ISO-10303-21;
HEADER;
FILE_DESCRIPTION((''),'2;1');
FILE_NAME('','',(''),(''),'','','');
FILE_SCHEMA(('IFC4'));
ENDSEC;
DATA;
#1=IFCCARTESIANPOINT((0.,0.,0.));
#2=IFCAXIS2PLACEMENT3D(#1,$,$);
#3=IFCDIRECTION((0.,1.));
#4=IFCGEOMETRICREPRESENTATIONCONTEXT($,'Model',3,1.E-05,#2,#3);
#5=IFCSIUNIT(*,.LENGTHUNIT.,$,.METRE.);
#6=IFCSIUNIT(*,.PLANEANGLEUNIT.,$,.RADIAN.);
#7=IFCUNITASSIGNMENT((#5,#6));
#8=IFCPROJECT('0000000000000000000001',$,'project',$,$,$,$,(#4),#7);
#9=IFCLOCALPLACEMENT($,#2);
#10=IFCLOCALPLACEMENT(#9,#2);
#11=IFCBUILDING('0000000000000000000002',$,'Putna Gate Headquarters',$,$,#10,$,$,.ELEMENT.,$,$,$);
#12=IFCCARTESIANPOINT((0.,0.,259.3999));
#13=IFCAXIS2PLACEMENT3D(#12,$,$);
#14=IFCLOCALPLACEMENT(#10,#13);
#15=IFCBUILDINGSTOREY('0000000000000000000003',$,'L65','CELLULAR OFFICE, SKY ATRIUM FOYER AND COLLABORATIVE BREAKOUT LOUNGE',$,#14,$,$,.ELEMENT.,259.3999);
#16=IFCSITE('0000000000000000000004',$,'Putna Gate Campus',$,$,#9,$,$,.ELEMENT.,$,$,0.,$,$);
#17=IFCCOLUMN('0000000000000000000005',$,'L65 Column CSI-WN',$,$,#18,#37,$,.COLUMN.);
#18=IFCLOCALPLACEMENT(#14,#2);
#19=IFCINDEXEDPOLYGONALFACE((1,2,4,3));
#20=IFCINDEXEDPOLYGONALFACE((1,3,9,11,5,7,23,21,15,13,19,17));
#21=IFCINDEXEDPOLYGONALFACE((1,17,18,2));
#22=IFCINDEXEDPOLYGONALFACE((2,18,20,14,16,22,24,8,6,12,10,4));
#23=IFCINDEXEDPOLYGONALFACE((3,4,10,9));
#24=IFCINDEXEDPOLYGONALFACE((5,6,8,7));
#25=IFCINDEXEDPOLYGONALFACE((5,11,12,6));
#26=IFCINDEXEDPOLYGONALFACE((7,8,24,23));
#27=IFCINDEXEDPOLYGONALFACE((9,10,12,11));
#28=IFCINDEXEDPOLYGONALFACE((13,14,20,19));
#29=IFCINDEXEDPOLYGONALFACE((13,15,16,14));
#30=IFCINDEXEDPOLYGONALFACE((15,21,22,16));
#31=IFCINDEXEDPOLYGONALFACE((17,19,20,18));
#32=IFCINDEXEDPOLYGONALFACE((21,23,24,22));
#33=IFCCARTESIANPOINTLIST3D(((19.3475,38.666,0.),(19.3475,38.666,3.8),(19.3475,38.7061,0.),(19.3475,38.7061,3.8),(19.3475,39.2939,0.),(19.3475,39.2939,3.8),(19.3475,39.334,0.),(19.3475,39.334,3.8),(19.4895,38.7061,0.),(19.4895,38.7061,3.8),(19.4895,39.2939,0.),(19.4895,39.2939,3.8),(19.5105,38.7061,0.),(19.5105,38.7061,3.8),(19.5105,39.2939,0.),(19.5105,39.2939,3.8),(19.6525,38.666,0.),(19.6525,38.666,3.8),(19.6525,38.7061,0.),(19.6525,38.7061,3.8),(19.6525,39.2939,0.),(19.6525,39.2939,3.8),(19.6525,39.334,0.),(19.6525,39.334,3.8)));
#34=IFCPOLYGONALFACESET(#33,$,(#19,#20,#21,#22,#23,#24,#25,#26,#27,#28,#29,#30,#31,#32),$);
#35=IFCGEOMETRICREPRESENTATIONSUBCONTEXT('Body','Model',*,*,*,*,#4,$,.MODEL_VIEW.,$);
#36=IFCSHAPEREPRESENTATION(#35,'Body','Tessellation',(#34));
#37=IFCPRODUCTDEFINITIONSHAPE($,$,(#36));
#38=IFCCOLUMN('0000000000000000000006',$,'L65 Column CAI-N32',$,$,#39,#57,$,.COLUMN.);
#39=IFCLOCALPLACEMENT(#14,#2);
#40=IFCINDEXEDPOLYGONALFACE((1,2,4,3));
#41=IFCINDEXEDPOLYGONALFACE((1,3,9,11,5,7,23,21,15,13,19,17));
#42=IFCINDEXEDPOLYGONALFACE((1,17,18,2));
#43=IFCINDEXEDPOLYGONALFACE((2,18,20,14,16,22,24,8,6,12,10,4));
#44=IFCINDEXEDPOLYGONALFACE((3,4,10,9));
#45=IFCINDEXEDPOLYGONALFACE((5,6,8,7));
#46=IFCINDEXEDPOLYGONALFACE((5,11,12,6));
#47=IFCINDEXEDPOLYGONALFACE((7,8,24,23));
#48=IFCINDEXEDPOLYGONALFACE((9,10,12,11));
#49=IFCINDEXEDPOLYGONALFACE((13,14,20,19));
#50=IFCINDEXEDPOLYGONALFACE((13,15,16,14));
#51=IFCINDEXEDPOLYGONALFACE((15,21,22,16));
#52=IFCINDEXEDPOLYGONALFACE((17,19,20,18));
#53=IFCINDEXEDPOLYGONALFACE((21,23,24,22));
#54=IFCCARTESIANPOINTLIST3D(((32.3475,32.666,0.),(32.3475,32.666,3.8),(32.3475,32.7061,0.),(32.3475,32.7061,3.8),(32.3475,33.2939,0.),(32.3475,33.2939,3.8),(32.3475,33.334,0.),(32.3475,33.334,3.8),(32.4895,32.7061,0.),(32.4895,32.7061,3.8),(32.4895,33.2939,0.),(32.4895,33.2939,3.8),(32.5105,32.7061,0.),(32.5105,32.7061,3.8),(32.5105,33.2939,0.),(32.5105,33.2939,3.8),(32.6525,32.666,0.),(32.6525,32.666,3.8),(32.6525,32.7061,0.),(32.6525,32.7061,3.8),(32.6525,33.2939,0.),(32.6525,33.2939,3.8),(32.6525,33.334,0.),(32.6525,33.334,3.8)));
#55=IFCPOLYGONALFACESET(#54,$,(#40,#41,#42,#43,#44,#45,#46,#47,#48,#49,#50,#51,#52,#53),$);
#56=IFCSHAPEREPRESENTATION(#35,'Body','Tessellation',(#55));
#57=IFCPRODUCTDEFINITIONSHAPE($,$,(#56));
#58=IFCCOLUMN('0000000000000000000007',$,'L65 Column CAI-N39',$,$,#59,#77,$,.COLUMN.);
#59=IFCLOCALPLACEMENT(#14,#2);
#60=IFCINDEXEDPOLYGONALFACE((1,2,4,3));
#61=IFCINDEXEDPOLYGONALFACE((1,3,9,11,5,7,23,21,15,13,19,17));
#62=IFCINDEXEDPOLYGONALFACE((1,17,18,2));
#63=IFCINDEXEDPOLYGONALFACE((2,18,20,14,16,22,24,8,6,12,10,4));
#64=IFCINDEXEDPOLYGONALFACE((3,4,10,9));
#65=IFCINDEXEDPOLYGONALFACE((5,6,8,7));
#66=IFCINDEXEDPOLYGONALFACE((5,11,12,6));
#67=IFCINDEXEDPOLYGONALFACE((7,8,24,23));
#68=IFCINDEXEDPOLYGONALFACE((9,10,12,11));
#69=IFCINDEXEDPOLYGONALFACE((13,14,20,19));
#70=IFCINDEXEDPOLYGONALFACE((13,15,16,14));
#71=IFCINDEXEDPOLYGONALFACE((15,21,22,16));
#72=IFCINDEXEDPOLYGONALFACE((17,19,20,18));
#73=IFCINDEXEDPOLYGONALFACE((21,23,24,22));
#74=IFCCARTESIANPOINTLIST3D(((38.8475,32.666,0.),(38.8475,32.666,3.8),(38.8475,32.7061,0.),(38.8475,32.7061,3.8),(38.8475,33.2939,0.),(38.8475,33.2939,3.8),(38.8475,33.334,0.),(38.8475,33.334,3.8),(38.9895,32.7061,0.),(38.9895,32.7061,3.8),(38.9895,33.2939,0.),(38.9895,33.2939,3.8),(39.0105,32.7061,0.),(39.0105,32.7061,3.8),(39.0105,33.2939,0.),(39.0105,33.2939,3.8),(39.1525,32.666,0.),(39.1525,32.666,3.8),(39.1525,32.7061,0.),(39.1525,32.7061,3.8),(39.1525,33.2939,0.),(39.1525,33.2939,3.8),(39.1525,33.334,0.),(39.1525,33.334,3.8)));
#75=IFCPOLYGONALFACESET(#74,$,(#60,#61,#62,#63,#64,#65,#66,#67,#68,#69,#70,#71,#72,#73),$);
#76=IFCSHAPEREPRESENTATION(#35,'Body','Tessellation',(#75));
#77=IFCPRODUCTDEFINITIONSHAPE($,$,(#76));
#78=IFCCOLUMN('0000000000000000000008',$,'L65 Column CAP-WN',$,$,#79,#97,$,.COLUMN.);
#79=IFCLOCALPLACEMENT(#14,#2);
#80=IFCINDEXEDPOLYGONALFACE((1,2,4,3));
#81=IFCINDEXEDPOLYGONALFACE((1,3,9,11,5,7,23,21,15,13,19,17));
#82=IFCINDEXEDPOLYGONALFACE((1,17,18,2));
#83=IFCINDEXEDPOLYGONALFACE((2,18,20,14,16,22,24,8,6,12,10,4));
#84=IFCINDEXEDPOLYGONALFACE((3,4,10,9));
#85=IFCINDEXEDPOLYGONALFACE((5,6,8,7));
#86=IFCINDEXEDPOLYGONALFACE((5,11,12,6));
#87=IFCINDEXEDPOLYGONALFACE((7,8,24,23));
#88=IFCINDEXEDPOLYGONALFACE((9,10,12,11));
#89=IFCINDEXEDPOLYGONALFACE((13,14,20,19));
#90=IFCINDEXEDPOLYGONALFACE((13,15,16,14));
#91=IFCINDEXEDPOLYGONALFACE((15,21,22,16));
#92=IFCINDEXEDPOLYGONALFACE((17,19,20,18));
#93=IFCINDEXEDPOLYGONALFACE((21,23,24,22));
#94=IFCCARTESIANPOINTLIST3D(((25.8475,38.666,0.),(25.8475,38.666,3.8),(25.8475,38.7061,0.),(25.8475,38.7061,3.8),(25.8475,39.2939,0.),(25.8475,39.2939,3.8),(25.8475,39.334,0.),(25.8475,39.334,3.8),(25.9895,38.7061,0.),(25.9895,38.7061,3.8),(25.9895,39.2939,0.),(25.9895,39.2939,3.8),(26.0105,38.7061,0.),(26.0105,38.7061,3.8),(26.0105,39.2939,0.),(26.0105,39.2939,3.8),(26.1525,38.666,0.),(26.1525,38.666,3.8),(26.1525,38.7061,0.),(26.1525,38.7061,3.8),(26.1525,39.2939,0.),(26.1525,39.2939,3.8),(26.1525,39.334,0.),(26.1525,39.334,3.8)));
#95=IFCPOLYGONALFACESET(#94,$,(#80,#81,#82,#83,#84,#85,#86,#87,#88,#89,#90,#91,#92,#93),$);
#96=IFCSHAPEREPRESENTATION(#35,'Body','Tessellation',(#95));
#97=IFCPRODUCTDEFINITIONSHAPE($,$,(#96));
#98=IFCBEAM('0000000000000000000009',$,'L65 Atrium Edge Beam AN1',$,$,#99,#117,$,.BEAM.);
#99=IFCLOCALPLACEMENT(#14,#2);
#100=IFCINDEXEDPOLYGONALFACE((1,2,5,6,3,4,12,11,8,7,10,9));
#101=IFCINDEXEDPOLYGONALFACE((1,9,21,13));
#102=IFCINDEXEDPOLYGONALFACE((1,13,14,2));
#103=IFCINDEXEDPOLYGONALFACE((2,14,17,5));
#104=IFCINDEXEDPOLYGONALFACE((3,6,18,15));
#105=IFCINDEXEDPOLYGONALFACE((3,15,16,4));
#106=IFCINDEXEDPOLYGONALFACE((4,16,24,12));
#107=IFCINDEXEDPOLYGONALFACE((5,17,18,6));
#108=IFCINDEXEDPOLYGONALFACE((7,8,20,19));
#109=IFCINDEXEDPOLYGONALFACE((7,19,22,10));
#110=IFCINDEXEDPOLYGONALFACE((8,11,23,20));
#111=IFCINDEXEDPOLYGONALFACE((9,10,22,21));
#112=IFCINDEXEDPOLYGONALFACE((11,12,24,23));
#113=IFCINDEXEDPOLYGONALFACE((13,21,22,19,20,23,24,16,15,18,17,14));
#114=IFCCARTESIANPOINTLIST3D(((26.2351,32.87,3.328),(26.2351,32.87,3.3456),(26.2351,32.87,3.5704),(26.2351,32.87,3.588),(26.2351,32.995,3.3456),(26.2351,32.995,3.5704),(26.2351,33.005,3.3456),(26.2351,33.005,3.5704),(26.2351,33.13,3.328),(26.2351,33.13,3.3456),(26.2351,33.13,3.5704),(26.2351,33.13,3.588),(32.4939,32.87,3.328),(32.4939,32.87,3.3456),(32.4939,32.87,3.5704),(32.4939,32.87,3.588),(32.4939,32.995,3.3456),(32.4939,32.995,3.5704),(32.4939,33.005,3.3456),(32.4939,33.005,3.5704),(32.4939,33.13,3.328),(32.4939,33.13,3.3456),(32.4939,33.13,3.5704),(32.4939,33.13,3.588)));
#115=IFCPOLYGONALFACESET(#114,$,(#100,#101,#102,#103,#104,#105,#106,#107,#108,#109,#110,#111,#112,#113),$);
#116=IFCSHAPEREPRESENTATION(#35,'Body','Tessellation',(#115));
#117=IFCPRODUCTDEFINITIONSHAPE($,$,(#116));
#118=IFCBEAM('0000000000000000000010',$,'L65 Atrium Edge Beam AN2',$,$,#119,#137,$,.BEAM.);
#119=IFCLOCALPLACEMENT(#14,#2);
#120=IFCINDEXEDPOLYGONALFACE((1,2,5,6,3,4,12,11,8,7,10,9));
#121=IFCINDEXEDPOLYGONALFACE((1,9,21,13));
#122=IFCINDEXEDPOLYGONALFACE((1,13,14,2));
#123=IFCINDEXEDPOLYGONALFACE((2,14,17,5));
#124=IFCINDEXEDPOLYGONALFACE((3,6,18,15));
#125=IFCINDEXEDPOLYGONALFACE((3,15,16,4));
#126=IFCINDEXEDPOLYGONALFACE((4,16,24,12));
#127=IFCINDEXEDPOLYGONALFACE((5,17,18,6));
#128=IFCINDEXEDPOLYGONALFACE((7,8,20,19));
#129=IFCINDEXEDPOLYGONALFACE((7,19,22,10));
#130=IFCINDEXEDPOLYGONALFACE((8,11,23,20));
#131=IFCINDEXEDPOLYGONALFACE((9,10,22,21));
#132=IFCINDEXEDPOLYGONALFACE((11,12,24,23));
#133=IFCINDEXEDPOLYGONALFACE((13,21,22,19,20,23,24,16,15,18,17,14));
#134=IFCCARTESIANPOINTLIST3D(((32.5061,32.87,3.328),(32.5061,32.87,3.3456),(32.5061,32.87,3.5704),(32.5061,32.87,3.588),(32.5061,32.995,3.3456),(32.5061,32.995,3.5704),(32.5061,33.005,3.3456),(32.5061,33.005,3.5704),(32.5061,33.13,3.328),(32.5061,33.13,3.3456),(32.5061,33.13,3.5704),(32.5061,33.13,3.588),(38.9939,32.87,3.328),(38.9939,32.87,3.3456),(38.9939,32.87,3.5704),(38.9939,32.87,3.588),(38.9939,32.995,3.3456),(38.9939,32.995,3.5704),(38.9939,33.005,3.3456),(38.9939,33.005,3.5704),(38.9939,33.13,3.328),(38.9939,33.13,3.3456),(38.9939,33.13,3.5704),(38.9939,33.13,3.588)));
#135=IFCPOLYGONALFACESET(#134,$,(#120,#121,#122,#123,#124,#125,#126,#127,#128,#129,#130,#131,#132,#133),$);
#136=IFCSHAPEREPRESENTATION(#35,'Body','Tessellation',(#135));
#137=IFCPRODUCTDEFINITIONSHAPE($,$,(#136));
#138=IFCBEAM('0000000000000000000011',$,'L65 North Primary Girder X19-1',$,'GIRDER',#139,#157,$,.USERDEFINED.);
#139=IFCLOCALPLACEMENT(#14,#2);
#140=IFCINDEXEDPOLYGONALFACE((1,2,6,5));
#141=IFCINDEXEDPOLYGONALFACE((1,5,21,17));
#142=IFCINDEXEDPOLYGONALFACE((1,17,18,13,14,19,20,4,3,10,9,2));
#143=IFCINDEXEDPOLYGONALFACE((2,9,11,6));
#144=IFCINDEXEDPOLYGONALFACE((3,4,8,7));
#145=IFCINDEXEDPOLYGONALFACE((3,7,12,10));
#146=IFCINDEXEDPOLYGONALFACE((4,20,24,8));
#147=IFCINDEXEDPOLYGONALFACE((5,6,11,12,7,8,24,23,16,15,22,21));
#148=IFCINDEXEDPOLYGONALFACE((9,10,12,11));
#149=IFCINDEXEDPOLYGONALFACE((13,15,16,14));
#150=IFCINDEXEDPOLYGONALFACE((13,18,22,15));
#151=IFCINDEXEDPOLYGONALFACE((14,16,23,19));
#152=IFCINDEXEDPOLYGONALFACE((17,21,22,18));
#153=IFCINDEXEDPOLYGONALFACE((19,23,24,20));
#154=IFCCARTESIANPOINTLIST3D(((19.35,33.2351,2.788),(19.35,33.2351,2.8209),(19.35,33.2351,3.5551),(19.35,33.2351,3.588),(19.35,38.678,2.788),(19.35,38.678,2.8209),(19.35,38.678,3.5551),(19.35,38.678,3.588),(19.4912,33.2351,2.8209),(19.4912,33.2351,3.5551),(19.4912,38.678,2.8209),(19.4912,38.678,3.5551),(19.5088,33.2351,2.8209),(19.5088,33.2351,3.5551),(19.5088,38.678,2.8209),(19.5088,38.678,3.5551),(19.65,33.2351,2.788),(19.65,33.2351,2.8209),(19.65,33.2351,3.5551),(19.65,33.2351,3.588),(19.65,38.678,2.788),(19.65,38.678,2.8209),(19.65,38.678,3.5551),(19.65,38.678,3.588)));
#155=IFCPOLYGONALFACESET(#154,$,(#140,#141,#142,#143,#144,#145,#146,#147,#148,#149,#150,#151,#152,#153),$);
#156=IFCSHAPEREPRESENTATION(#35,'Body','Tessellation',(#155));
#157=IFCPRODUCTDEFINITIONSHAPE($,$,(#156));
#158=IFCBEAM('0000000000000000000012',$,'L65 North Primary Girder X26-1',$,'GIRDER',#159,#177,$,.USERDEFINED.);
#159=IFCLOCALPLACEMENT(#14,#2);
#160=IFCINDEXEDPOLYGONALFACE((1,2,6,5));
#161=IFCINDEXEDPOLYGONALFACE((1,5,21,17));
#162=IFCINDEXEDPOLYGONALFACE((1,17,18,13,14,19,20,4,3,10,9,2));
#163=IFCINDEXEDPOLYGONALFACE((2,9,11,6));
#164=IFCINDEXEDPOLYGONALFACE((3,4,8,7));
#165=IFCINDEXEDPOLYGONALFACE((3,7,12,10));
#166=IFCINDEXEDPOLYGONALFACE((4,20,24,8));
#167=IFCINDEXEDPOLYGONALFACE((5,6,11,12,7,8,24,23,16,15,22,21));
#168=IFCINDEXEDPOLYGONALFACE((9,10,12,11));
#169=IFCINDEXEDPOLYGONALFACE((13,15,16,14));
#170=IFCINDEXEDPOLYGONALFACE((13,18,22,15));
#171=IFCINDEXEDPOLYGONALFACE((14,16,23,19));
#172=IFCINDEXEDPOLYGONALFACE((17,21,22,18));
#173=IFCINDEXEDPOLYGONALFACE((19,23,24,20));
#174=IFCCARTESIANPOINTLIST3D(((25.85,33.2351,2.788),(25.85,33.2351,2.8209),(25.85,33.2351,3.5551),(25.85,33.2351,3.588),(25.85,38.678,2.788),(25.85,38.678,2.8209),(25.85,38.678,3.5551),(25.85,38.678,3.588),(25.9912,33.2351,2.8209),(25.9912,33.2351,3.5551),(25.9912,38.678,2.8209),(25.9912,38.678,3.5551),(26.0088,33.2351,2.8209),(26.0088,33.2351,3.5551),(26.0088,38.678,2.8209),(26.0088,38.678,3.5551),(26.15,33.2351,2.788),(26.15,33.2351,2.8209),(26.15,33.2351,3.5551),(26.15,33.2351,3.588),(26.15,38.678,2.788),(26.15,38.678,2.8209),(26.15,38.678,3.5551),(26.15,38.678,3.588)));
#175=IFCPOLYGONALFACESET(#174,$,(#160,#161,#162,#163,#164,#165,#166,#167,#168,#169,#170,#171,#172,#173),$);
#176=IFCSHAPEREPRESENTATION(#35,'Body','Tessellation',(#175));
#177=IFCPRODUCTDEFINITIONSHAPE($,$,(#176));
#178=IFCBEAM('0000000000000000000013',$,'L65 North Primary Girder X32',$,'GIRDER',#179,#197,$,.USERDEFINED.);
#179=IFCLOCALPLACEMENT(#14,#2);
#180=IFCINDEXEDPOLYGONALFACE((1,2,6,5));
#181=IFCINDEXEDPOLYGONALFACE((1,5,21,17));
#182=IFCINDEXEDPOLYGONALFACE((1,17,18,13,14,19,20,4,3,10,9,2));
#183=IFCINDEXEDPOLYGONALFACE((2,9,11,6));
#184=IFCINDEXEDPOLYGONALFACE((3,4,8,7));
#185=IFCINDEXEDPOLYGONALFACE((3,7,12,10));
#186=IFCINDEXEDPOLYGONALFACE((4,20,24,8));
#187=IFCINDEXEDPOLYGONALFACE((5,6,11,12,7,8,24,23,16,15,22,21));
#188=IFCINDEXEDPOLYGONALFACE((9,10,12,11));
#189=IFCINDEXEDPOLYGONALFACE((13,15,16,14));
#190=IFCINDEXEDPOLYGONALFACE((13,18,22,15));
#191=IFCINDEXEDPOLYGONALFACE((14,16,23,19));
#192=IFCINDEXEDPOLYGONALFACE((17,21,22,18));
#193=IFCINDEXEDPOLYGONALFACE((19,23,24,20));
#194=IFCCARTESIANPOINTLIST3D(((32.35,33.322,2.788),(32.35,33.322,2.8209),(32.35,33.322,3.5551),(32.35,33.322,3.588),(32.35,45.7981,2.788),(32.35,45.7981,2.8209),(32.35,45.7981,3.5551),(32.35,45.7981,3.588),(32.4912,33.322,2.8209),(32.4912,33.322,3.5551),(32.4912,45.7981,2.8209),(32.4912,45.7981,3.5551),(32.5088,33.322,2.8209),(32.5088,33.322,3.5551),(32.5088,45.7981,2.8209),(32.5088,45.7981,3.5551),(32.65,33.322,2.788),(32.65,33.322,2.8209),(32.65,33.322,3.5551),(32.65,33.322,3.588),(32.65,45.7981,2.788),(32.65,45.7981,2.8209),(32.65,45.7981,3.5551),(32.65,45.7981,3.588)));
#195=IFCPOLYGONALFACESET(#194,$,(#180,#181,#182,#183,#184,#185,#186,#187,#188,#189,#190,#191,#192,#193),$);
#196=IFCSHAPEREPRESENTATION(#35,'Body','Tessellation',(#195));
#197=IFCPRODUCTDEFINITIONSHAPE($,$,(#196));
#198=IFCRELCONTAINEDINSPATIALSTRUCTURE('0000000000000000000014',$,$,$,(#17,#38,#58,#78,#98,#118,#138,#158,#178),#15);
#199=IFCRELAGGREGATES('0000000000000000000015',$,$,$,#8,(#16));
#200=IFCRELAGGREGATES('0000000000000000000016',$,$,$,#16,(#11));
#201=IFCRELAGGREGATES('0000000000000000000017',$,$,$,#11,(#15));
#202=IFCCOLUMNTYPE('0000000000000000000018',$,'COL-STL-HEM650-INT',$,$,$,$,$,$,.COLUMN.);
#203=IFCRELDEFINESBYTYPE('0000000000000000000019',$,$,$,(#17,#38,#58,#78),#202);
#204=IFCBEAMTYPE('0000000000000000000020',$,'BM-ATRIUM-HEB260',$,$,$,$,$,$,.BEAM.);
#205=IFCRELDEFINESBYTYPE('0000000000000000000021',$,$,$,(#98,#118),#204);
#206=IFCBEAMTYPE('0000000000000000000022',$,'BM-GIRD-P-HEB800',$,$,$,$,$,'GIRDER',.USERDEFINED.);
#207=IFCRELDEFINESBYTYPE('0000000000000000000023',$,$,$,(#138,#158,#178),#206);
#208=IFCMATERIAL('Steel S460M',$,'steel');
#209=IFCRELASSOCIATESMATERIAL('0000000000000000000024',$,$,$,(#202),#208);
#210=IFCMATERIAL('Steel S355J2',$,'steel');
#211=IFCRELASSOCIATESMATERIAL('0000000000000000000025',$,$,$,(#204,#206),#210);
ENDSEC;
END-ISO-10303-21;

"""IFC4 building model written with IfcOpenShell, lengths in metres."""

from ifc_helpers import new_model, si_unit, direction, frame, origin, origin_2d, place, context, subcontext, project, spatial, i_section, extrude, material, material_profile, profile_set, type_object, element, save


model = new_model("IFC4")

# Units and contexts
model_context = context("Model", 3, precision=1e-05, world=origin(), true_north=direction((0.0, 1.0)))
body_context = subcontext(model_context, "Body", "Model", "MODEL_VIEW")
ifc_project = project(units=[si_unit("LENGTHUNIT", "METRE"), si_unit("PLANEANGLEUNIT", "RADIAN")], contexts=[model_context])

# Site, building, storey
site_placement = place(None, origin())
site = spatial("IfcSite", under=ifc_project, at=site_placement, Name="Putna Gate Campus", CompositionType="ELEMENT", RefElevation=0.0)
building_placement = place(site_placement, origin())
building = spatial("IfcBuilding", under=site, at=building_placement, Name="Putna Gate Headquarters", CompositionType="ELEMENT")
storey_placement = place(building_placement, frame((0.0, 0.0, 259.3999)))
storey = spatial("IfcBuildingStorey", under=building, at=storey_placement, Name="L65", Description="CELLULAR OFFICE, SKY ATRIUM FOYER AND COLLABORATIVE BREAKOUT LOUNGE", CompositionType="ELEMENT", Elevation=259.3999)

# Columns
ifc_material_1 = material(Name="Steel S460M", Category="steel")
ifc_material_profile_1 = material_profile(ifc_material_1, i_section(OverallWidth=0.3049, OverallDepth=0.668, WebThickness=0.021, FlangeThickness=0.04, at=origin_2d()), Name="Steel S460M")
ifc_profile_set_1 = profile_set([ifc_material_profile_1], Name="Steel S460M")
column_type = type_object("IfcColumnType", Name="COL-STL-HEM650-INT", PredefinedType="COLUMN", material=ifc_profile_set_1)
for number, where, z_axis, x_axis, name in (
    (1, (19.5, 39.0, 0.0), (0.0, 0.0, 1.0), (1.0, 0.0, 0.0), "L65 Column CSI-WN"),
    (2, (32.5, 33.0, 0.0), (0.0, 0.0, 1.0), (1.0, 0.0, 0.0), "L65 Column CAI-N32"),
    (3, (39.0, 33.0, 0.0), (0.0, 0.0, 1.0), (1.0, 0.0, 0.0), "L65 Column CAI-N39"),
    (4, (26.0, 39.0, 0.0), (0.0, 0.0, 1.0), (1.0, 0.0, 0.0), "L65 Column CAP-WN"),
):
    element("IfcColumn", number, at=place(storey_placement, frame(where, z_axis=z_axis, x_axis=x_axis)), inside=storey, type_object=column_type, Name=name, PredefinedType="COLUMN", context=body_context, shape_type="SweptSolid", body=[
        extrude(i_section(OverallWidth=0.3049, OverallDepth=0.668, WebThickness=0.021, FlangeThickness=0.04, at=origin_2d()), origin(), (0.0, 0.0, 1.0), 3.8),
    ])

# Beams
ifc_material_2 = material(Name="Steel S355J2", Category="steel")
ifc_material_profile_2 = material_profile(ifc_material_2, i_section(OverallWidth=0.26, OverallDepth=0.26, WebThickness=0.01, FlangeThickness=0.0176, at=origin_2d()), Name="Steel S355J2")
ifc_profile_set_2 = profile_set([ifc_material_profile_2], Name="Steel S355J2")
beam_type_1 = type_object("IfcBeamType", Name="BM-ATRIUM-HEB260", PredefinedType="BEAM", material=ifc_profile_set_2)
beam_1_placement = place(storey_placement, frame((26.2351, 33.0, 3.458), z_axis=(1.0, 0.0, 0.0), x_axis=(0.0, 1.0, 0.0)))
element("IfcBeam", 5, at=beam_1_placement, inside=storey, type_object=beam_type_1, Name="L65 Atrium Edge Beam AN1", PredefinedType="BEAM", context=body_context, shape_type="SweptSolid", body=[
    extrude(i_section(OverallWidth=0.26, OverallDepth=0.26, WebThickness=0.01, FlangeThickness=0.0176, at=origin_2d()), origin(), (0.0, 0.0, 1.0), 6.2588),
])
beam_2_placement = place(storey_placement, frame((32.5061, 33.0, 3.458), z_axis=(1.0, 0.0, 0.0), x_axis=(0.0, 1.0, 0.0)))
element("IfcBeam", 6, at=beam_2_placement, inside=storey, type_object=beam_type_1, Name="L65 Atrium Edge Beam AN2", PredefinedType="BEAM", context=body_context, shape_type="SweptSolid", body=[
    extrude(i_section(OverallWidth=0.26, OverallDepth=0.26, WebThickness=0.01, FlangeThickness=0.0176, at=origin_2d()), origin(), (0.0, 0.0, 1.0), 6.4878),
])
ifc_material_profile_3 = material_profile(ifc_material_2, i_section(OverallWidth=0.3, OverallDepth=0.8, WebThickness=0.0176, FlangeThickness=0.033, at=origin_2d()), Name="Steel S355J2")
ifc_profile_set_3 = profile_set([ifc_material_profile_3], Name="Steel S355J2")
beam_type_2 = type_object("IfcBeamType", Name="BM-GIRD-P-HEB800", ElementType="GIRDER", PredefinedType="USERDEFINED", material=ifc_profile_set_3)
for number, where, z_axis, x_axis, name in (
    (7, (19.5, 33.2351, 3.188), (0.0, 1.0, 0.0), (-1.0, 0.0, 0.0), "L65 North Primary Girder X19-1"),
    (8, (26.0, 33.2351, 3.188), (0.0, 1.0, 0.0), (-1.0, 0.0, 0.0), "L65 North Primary Girder X26-1"),
):
    element("IfcBeam", number, at=place(storey_placement, frame(where, z_axis=z_axis, x_axis=x_axis)), inside=storey, type_object=beam_type_2, Name=name, ObjectType="GIRDER", PredefinedType="USERDEFINED", context=body_context, shape_type="SweptSolid", body=[
        extrude(i_section(OverallWidth=0.3, OverallDepth=0.8, WebThickness=0.0176, FlangeThickness=0.033, at=origin_2d()), origin(), (0.0, 0.0, 1.0), 5.4429),
    ])
beam_3_placement = place(storey_placement, frame((32.5, 33.322, 3.188), z_axis=(0.0, 1.0, 0.0), x_axis=(-1.0, 0.0, 0.0)))
element("IfcBeam", 9, at=beam_3_placement, inside=storey, type_object=beam_type_2, Name="L65 North Primary Girder X32", ObjectType="GIRDER", PredefinedType="USERDEFINED", context=body_context, shape_type="SweptSolid", body=[
    extrude(i_section(OverallWidth=0.3, OverallDepth=0.8, WebThickness=0.0176, FlangeThickness=0.033, at=origin_2d()), origin(), (0.0, 0.0, 1.0), 12.4761),
])

save(model, "model.ifc")
